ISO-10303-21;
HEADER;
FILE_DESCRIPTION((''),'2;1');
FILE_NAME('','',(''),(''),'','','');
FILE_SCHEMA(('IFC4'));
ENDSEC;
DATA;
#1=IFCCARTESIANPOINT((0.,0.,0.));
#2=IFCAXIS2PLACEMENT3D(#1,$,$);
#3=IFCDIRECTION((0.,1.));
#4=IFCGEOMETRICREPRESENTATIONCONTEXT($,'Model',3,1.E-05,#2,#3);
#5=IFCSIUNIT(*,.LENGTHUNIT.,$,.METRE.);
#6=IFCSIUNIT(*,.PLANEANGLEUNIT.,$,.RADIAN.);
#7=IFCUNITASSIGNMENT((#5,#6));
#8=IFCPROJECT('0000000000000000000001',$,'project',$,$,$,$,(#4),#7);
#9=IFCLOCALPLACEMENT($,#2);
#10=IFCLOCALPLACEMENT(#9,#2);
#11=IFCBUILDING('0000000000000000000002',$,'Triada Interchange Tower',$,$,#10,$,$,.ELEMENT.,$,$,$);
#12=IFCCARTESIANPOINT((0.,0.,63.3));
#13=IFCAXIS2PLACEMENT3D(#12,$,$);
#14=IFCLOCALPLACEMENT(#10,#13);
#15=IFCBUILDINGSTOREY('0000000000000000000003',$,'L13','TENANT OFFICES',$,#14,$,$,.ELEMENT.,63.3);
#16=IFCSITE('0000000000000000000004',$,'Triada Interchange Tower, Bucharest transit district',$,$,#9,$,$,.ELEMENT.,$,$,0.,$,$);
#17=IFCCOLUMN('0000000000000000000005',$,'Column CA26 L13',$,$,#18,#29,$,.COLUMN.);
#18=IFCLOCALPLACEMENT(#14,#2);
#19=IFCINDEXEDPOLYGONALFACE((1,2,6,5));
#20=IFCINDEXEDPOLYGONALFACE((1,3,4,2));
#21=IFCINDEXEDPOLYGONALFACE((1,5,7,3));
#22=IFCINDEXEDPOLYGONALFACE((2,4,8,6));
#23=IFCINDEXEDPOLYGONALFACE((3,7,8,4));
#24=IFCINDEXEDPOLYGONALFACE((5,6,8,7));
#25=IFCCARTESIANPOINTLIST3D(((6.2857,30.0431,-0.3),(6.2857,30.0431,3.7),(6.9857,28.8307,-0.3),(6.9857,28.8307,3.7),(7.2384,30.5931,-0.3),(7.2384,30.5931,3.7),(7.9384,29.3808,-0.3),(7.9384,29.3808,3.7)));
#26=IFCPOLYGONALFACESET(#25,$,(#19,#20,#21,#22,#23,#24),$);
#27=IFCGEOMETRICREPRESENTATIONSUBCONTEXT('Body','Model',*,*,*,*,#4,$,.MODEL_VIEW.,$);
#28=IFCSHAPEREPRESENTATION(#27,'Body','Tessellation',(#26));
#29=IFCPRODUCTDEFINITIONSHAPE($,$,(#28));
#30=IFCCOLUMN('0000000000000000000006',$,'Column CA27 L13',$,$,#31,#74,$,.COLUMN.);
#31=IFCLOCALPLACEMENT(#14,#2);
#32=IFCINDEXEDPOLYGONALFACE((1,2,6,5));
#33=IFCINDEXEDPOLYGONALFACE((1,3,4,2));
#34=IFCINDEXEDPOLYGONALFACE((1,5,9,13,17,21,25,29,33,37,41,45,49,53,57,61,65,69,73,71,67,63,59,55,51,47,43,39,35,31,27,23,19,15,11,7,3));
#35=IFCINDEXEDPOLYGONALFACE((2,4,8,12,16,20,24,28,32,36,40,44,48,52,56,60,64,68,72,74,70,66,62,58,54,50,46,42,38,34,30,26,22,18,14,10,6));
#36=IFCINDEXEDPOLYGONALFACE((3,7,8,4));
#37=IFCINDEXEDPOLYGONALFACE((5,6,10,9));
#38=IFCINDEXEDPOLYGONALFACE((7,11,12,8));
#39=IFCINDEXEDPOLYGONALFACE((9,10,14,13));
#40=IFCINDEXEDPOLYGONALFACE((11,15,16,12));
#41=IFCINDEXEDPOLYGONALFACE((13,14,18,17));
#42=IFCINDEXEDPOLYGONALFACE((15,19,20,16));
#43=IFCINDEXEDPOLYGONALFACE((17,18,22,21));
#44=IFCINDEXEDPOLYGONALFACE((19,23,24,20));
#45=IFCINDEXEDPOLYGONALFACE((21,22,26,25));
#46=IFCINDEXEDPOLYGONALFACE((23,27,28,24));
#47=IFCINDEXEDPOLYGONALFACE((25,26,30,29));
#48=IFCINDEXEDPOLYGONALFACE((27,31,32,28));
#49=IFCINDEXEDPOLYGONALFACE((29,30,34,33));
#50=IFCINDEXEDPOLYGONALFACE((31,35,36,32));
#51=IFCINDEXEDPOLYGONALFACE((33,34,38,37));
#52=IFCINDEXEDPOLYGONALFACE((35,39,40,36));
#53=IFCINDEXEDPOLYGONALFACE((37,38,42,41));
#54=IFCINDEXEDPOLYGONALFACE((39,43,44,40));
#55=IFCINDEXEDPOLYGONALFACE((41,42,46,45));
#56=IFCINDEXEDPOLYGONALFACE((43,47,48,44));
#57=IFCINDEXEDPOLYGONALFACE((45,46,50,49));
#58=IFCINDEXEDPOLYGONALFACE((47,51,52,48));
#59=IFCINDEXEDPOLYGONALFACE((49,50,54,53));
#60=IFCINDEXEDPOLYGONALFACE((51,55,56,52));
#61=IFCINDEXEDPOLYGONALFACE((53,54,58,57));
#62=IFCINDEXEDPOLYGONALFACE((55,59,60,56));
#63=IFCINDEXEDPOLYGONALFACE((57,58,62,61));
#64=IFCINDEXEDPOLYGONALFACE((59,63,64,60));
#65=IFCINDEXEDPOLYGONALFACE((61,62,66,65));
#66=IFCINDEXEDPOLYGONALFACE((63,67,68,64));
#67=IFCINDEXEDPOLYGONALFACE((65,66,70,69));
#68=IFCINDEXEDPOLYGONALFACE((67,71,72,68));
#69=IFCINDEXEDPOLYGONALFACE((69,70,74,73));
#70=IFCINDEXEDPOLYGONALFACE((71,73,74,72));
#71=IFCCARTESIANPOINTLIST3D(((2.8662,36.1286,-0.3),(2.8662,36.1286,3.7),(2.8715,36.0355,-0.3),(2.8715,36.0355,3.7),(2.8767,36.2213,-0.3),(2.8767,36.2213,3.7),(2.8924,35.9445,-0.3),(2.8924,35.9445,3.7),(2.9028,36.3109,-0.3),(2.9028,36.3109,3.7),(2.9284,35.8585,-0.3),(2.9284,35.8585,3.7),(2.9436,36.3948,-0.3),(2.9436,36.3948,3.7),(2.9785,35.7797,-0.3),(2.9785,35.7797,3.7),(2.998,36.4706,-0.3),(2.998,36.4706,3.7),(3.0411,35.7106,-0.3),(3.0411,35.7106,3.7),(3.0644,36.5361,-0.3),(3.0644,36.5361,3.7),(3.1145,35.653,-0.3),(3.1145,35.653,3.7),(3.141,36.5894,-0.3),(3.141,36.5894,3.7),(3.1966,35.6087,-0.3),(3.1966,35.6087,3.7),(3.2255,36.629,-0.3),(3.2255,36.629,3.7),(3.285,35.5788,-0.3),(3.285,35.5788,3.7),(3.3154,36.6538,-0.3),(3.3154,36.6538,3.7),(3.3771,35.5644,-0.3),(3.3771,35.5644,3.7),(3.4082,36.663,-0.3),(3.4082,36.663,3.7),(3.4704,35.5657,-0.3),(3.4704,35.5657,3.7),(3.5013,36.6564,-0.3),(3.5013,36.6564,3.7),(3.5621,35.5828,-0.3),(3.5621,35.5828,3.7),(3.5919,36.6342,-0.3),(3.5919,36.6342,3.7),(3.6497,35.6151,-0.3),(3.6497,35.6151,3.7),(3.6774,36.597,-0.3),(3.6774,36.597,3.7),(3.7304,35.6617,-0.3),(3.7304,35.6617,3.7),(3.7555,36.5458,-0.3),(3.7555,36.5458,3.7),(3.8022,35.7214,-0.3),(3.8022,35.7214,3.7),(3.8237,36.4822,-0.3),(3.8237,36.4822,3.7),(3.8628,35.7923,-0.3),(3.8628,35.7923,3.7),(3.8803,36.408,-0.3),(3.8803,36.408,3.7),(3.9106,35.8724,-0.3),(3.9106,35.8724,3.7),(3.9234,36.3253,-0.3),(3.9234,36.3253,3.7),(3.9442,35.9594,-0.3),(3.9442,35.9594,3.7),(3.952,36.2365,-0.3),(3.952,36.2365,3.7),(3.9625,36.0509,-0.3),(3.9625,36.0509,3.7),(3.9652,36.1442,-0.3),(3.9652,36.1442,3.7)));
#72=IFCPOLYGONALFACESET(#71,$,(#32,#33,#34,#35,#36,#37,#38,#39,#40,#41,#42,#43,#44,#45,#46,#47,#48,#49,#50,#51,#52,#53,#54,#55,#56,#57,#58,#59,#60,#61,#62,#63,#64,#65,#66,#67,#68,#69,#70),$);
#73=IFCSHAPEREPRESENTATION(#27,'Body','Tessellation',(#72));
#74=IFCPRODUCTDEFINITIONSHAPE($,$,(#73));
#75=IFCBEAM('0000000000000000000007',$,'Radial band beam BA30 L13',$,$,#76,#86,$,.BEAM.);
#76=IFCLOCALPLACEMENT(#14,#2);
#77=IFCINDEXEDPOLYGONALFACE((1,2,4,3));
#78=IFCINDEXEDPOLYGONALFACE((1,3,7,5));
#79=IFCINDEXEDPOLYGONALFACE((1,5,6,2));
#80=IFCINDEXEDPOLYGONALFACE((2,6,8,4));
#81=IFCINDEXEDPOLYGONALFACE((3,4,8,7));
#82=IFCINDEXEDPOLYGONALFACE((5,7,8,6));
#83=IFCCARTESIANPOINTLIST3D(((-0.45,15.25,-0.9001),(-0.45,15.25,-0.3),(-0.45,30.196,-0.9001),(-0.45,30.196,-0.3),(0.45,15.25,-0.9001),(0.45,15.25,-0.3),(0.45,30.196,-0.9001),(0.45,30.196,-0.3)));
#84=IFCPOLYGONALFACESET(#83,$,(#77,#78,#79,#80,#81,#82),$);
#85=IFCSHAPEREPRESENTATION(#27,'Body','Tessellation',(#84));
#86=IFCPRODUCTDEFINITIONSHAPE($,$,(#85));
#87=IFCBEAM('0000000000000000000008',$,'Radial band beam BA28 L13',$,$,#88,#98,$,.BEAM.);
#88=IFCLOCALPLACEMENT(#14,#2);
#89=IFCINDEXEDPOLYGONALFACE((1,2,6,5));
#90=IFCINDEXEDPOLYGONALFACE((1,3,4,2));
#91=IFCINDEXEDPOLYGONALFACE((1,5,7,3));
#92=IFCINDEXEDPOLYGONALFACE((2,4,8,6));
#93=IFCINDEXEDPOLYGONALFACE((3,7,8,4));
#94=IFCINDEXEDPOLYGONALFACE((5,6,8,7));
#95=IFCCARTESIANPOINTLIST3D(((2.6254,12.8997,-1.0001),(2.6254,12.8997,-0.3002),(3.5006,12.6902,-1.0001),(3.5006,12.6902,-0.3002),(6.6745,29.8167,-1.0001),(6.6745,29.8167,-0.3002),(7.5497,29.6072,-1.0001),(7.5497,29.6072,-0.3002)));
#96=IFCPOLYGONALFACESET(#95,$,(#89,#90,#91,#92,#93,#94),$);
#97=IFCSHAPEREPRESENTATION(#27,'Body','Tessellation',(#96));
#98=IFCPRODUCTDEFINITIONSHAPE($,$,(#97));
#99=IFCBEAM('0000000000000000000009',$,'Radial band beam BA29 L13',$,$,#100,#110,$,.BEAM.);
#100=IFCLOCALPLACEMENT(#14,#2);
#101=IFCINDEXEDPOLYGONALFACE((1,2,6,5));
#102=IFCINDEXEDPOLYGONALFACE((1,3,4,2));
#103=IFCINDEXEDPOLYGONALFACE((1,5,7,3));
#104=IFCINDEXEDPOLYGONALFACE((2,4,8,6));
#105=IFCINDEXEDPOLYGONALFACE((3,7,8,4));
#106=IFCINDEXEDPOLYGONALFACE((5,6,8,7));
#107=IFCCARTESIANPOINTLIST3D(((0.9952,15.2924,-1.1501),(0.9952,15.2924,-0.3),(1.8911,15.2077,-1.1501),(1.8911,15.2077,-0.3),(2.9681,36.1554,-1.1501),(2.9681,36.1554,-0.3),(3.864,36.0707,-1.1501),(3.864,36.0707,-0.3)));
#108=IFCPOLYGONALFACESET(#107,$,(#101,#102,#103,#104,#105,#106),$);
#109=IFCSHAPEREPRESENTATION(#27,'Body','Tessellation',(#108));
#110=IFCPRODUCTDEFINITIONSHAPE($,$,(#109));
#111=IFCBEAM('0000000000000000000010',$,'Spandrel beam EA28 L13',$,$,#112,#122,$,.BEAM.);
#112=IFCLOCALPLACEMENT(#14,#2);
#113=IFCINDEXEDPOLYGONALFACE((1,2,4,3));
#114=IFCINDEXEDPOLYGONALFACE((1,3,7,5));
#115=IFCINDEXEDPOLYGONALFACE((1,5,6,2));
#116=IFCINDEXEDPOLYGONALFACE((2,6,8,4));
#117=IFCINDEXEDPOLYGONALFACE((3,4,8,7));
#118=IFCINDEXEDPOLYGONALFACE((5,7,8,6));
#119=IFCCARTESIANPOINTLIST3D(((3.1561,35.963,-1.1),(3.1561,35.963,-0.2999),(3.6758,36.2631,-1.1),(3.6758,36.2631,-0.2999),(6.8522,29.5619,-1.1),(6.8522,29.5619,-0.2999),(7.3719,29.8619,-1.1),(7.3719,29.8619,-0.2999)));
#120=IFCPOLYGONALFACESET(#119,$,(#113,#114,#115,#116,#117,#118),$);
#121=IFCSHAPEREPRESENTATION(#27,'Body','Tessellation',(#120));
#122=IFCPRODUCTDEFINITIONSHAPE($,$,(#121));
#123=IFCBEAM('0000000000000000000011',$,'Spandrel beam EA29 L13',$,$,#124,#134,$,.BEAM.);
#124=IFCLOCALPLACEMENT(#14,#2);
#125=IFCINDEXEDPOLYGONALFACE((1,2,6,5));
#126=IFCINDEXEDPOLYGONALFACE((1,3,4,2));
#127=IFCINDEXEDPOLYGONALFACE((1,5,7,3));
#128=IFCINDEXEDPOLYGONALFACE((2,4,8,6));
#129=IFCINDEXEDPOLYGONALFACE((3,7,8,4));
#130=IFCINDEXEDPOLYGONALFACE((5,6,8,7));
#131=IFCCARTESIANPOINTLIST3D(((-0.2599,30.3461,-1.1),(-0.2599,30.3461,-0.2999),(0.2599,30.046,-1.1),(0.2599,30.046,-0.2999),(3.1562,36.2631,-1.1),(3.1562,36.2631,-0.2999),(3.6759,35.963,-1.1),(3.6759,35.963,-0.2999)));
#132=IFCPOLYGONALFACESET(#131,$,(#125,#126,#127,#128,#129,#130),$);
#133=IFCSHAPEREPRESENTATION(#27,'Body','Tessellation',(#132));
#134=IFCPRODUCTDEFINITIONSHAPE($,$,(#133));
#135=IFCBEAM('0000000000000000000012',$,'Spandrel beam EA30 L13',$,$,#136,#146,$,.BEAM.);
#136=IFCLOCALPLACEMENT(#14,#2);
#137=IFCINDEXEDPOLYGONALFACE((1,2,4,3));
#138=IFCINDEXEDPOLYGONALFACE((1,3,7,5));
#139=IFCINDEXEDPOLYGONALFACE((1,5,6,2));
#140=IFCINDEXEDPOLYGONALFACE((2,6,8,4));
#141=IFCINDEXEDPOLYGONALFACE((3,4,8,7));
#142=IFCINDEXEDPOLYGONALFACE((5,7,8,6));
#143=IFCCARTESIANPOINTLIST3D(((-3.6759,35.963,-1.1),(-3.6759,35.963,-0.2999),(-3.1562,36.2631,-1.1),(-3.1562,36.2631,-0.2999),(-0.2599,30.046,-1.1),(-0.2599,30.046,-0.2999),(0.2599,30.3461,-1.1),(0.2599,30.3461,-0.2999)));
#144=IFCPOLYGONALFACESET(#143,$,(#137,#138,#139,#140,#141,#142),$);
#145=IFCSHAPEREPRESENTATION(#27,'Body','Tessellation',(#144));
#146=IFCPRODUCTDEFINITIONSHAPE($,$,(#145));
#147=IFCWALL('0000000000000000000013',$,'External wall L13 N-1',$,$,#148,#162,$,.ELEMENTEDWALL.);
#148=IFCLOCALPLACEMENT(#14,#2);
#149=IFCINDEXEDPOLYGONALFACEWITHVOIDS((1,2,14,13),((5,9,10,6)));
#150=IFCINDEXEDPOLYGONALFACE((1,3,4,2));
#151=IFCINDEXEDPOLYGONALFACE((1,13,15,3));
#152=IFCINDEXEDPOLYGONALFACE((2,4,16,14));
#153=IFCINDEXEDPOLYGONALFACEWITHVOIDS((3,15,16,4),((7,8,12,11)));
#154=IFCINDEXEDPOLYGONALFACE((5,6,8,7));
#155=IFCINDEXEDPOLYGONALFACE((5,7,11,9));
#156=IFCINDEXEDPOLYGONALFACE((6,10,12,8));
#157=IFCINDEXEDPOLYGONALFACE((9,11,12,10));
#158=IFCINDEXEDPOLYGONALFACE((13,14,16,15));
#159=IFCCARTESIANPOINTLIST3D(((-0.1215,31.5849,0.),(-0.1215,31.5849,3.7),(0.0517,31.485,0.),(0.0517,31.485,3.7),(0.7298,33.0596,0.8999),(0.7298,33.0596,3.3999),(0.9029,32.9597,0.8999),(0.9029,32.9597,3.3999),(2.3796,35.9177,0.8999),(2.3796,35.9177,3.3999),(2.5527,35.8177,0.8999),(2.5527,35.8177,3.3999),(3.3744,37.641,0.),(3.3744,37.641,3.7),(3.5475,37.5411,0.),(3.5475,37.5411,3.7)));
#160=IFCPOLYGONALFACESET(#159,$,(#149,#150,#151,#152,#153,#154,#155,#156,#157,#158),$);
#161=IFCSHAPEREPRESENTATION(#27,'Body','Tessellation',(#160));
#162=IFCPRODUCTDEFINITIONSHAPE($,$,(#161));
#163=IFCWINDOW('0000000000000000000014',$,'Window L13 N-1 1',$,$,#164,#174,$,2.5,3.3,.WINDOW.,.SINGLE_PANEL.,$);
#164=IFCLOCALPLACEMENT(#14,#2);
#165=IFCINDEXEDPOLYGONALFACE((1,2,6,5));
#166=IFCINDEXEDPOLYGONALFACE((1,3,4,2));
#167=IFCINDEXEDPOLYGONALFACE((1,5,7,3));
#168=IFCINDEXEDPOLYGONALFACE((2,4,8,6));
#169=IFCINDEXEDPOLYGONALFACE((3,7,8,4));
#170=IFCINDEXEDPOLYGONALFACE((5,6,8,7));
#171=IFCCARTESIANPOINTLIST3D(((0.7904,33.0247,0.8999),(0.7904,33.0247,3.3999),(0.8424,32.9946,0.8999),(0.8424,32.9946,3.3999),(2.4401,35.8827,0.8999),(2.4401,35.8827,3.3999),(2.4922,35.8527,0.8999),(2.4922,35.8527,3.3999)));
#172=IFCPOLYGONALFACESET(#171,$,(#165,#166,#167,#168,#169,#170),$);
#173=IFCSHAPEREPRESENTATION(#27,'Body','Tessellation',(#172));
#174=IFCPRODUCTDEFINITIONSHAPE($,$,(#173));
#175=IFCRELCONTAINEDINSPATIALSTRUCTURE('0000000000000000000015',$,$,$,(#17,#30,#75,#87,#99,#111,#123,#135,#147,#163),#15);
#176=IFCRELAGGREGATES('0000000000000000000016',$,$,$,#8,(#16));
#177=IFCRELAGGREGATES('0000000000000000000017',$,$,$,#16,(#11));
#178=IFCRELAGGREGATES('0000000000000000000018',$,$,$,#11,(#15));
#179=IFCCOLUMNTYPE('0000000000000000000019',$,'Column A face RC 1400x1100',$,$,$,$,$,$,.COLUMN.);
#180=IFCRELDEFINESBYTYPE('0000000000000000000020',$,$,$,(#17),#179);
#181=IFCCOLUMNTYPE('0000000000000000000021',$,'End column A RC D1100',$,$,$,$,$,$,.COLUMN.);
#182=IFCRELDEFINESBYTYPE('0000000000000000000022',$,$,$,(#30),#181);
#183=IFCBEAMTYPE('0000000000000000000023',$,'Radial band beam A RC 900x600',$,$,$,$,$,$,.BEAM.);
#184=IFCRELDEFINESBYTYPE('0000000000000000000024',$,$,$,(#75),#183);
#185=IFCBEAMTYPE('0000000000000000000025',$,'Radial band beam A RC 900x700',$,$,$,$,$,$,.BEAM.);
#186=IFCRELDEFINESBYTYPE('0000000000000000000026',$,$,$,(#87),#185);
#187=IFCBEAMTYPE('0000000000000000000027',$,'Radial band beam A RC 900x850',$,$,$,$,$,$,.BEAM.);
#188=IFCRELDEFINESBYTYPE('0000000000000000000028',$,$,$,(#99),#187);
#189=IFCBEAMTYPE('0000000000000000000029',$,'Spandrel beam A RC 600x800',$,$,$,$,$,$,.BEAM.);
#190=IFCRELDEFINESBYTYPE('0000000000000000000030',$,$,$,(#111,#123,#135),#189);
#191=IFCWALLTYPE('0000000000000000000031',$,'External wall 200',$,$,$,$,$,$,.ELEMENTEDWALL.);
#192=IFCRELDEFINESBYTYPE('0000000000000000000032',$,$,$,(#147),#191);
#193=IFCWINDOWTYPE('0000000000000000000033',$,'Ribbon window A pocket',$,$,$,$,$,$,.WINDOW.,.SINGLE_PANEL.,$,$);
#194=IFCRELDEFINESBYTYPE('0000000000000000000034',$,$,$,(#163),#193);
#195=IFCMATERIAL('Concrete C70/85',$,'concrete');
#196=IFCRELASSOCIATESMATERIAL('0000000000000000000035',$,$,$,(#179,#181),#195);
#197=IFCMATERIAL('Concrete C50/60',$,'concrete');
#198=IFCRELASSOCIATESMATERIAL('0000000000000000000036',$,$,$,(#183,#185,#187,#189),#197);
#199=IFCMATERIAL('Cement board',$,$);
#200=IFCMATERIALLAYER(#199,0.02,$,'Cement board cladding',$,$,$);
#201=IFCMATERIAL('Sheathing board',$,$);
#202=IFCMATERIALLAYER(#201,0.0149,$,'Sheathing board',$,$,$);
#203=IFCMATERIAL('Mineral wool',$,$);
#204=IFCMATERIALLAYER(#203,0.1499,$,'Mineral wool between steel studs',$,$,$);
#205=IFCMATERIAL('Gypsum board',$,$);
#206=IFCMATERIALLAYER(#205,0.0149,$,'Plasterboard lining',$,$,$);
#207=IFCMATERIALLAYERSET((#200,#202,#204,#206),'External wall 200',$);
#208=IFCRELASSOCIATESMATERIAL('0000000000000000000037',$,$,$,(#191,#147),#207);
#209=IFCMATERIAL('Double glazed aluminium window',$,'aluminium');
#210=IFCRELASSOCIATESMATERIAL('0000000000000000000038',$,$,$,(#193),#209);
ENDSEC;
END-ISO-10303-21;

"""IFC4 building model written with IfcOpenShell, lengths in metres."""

from ifc_helpers import new_model, si_unit, direction, frame, frame_2d, origin, origin_2d, place, context, subcontext, project, spatial, rectangle, circle, extrude, material, layer, layer_set, layer_usage, material_profile, profile_set, type_object, element, fill, save


model = new_model("IFC4")

# Units and contexts
model_context = context("Model", 3, precision=1e-05, world=origin(), true_north=direction((0.0, 1.0)))
body_context = subcontext(model_context, "Body", "Model", "MODEL_VIEW")
ifc_project = project(units=[si_unit("LENGTHUNIT", "METRE"), si_unit("PLANEANGLEUNIT", "RADIAN")], contexts=[model_context])

# Site, building, storey
site_placement = place(None, origin())
site = spatial("IfcSite", under=ifc_project, at=site_placement, Name="Triada Interchange Tower, Bucharest transit district", CompositionType="ELEMENT", RefElevation=0.0)
building_placement = place(site_placement, origin())
building = spatial("IfcBuilding", under=site, at=building_placement, Name="Triada Interchange Tower", CompositionType="ELEMENT")
storey_placement = place(building_placement, frame((0.0, 0.0, 63.3)))
storey = spatial("IfcBuildingStorey", under=building, at=storey_placement, Name="L13", Description="TENANT OFFICES", CompositionType="ELEMENT", Elevation=63.3)

# Columns
ifc_material_1 = material(Name="Concrete C70/85", Category="concrete")
ifc_material_profile_1 = material_profile(ifc_material_1, rectangle(XDim=1.3999, YDim=1.1001, at=origin_2d()), Name="RC 1400x1100")
ifc_profile_set_1 = profile_set([ifc_material_profile_1], Name="Concrete C70/85")
column_type_1 = type_object("IfcColumnType", Name="Column A face RC 1400x1100", PredefinedType="COLUMN", material=ifc_profile_set_1)
column_1_placement = place(storey_placement, frame((7.1121, 29.7119, -0.3), z_axis=(0.0, 0.0, 1.0), x_axis=(-0.5, 0.866025, 0.0)))
element("IfcColumn", 1, at=column_1_placement, inside=storey, type_object=column_type_1, Name="Column CA26 L13", PredefinedType="COLUMN", context=body_context, shape_type="SweptSolid", body=[
    extrude(rectangle(XDim=1.3999, YDim=1.1001, at=origin_2d()), origin(), (0.0, 0.0, 1.0), 4.0),
])
ifc_material_profile_2 = material_profile(ifc_material_1, circle(Radius=0.55, at=origin_2d()), Name="RC D1100")
ifc_profile_set_2 = profile_set([ifc_material_profile_2], Name="Concrete C70/85")
column_type_2 = type_object("IfcColumnType", Name="End column A RC D1100", PredefinedType="COLUMN", material=ifc_profile_set_2)
column_2_placement = place(storey_placement, frame((3.416, 36.113, -0.3), z_axis=(0.0, 0.0, 1.0), x_axis=(-0.5, 0.866025, 0.0)))
element("IfcColumn", 2, at=column_2_placement, inside=storey, type_object=column_type_2, Name="Column CA27 L13", PredefinedType="COLUMN", context=body_context, shape_type="SweptSolid", body=[
    extrude(circle(Radius=0.55, at=origin_2d()), origin(), (0.0, 0.0, 1.0), 4.0),
])

# Beams
ifc_material_2 = material(Name="Concrete C50/60", Category="concrete")
ifc_material_profile_3 = material_profile(ifc_material_2, rectangle(XDim=0.8999, YDim=0.6001, at=origin_2d()), Name="RC 900x600")
ifc_profile_set_3 = profile_set([ifc_material_profile_3], Name="Concrete C50/60")
beam_type_1 = type_object("IfcBeamType", Name="Radial band beam A RC 900x600", PredefinedType="BEAM", material=ifc_profile_set_3)
beam_1_placement = place(storey_placement, frame((0.0, 30.196, -0.6001), z_axis=(0.0, -1.0, 0.0), x_axis=(1.0, 0.0, 0.0)))
element("IfcBeam", 3, at=beam_1_placement, inside=storey, type_object=beam_type_1, Name="Radial band beam BA30 L13", PredefinedType="BEAM", context=body_context, shape_type="SweptSolid", body=[
    extrude(rectangle(XDim=0.8999, YDim=0.6001, at=origin_2d()), origin(), (0.0, 0.0, 1.0), 14.946),
])
ifc_material_profile_4 = material_profile(ifc_material_2, rectangle(XDim=0.8999, YDim=0.7, at=origin_2d()), Name="RC 900x700")
ifc_profile_set_4 = profile_set([ifc_material_profile_4], Name="Concrete C50/60")
beam_type_2 = type_object("IfcBeamType", Name="Radial band beam A RC 900x700", PredefinedType="BEAM", material=ifc_profile_set_4)
beam_2_placement = place(storey_placement, frame((7.1121, 29.7119, -0.6501), z_axis=(-0.232775, -0.972531, 0.0), x_axis=(0.972531, -0.232775, 0.0)))
element("IfcBeam", 4, at=beam_2_placement, inside=storey, type_object=beam_type_2, Name="Radial band beam BA28 L13", PredefinedType="BEAM", context=body_context, shape_type="SweptSolid", body=[
    extrude(rectangle(XDim=0.8999, YDim=0.7, at=origin_2d()), origin(), (0.0, 0.0, 1.0), 17.3948),
])
ifc_material_profile_5 = material_profile(ifc_material_2, rectangle(XDim=0.8999, YDim=0.8501, at=origin_2d()), Name="RC 900x850")
ifc_profile_set_5 = profile_set([ifc_material_profile_5], Name="Concrete C50/60")
beam_type_3 = type_object("IfcBeamType", Name="Radial band beam A RC 900x850", PredefinedType="BEAM", material=ifc_profile_set_5)
beam_3_placement = place(storey_placement, frame((3.416, 36.113, -0.7251), z_axis=(-0.094144, -0.995559, 0.0), x_axis=(0.995559, -0.094144, 0.0)))
element("IfcBeam", 5, at=beam_3_placement, inside=storey, type_object=beam_type_3, Name="Radial band beam BA29 L13", PredefinedType="BEAM", context=body_context, shape_type="SweptSolid", body=[
    extrude(rectangle(XDim=0.8999, YDim=0.8501, at=origin_2d()), origin(), (0.0, 0.0, 1.0), 20.9561),
])
ifc_material_profile_6 = material_profile(ifc_material_2, rectangle(XDim=0.6001, YDim=0.8, at=origin_2d()), Name="RC 600x800")
ifc_profile_set_6 = profile_set([ifc_material_profile_6], Name="Concrete C50/60")
beam_type_4 = type_object("IfcBeamType", Name="Spandrel beam A RC 600x800", PredefinedType="BEAM", material=ifc_profile_set_6)
beam_4_placement = place(storey_placement, frame((7.1121, 29.7119, -0.7), z_axis=(-0.500036, 0.866005, 0.0), x_axis=(-0.866005, -0.500036, 0.0)))
element("IfcBeam", 6, at=beam_4_placement, inside=storey, type_object=beam_type_4, Name="Spandrel beam EA28 L13", PredefinedType="BEAM", context=body_context, shape_type="SweptSolid", body=[
    extrude(rectangle(XDim=0.6001, YDim=0.8, at=origin_2d()), origin(), (0.0, 0.0, 1.0), 7.3916),
])
for number, where, z_axis, x_axis, name in (
    (7, (3.416, 36.113, -0.7), (-0.499982, -0.866036, 0.0), (0.866036, -0.499982, 0.0), "Spandrel beam EA29 L13"),
    (8, (0.0, 30.196, -0.7), (-0.499982, 0.866036, 0.0), (-0.866036, -0.499982, 0.0), "Spandrel beam EA30 L13"),
):
    element("IfcBeam", number, at=place(storey_placement, frame(where, z_axis=z_axis, x_axis=x_axis)), inside=storey, type_object=beam_type_4, Name=name, PredefinedType="BEAM", context=body_context, shape_type="SweptSolid", body=[
        extrude(rectangle(XDim=0.6001, YDim=0.8, at=origin_2d()), origin(), (0.0, 0.0, 1.0), 6.8323),
    ])

# Wall, opening, window
ifc_material_3 = material(Name="Cement board")
ifc_layer_1 = layer(ifc_material_3, 0.02, Name="Cement board cladding")
ifc_material_4 = material(Name="Sheathing board")
ifc_layer_2 = layer(ifc_material_4, 0.0149, Name="Sheathing board")
ifc_material_5 = material(Name="Mineral wool")
ifc_layer_3 = layer(ifc_material_5, 0.1499, Name="Mineral wool between steel studs")
ifc_material_6 = material(Name="Gypsum board")
ifc_layer_4 = layer(ifc_material_6, 0.0149, Name="Plasterboard lining")
ifc_layer_set_1 = layer_set([ifc_layer_1, ifc_layer_2, ifc_layer_3, ifc_layer_4], Name="External wall 200")
ifc_layer_usage = layer_usage(ifc_layer_set_1, "AXIS2", "POSITIVE", -0.1001)
wall_type_1 = type_object("IfcWallType", Name="External wall 200", PredefinedType="ELEMENTEDWALL", material=ifc_layer_set_1)
wall_1_placement = place(storey_placement, frame((3.4609, 37.5911, 0.0), z_axis=(0.0, 0.0, 1.0), x_axis=(-0.499928, -0.866067, 0.0)))
wall_1 = element("IfcWall", 9, at=wall_1_placement, inside=storey, type_object=wall_type_1, material=ifc_layer_usage, Name="External wall L13 N-1", PredefinedType="ELEMENTEDWALL", context=body_context, shape_type="SweptSolid", body=[
    extrude(rectangle(XDim=6.9927, YDim=0.2, at=frame_2d((3.4963, 0.0))), origin(), (0.0, 0.0, 1.0), 3.7),
])
opening_1_placement = place(wall_1_placement, frame((1.99, 0.0, 0.8999)))
opening_1 = element("IfcOpeningElement", 10, at=opening_1_placement, cuts=wall_1, PredefinedType="OPENING", context=body_context, shape_type="SweptSolid", body=[
    extrude(rectangle(XDim=3.3, YDim=2.5, at=frame_2d((1.6499, 1.25))), frame((0.0, 0.1099, 0.0), z_axis=(0.0, -1.0, 0.0), x_axis=(1.0, 0.0, 0.0)), (0.0, 0.0, 1.0), 0.22),
])
ifc_material_7 = material(Name="Double glazed aluminium window", Category="aluminium")
window_type = type_object("IfcWindowType", Name="Ribbon window A pocket", PartitioningType="SINGLE_PANEL", PredefinedType="WINDOW", material=ifc_material_7)
window_1_placement = place(opening_1_placement, origin())
window_1 = element("IfcWindow", 11, at=window_1_placement, inside=storey, type_object=window_type, Name="Window L13 N-1 1", OverallHeight=2.5, OverallWidth=3.3, PartitioningType="SINGLE_PANEL", PredefinedType="WINDOW", context=body_context, shape_type="SweptSolid", body=[
    extrude(rectangle(XDim=3.3, YDim=2.5, at=frame_2d((1.6499, 1.25))), frame((0.0, 0.03, 0.0), z_axis=(0.0, -1.0, 0.0), x_axis=(1.0, 0.0, 0.0)), (0.0, 0.0, 1.0), 0.0601),
])
fill(opening_1, window_1)

save(model, "model.ifc")
